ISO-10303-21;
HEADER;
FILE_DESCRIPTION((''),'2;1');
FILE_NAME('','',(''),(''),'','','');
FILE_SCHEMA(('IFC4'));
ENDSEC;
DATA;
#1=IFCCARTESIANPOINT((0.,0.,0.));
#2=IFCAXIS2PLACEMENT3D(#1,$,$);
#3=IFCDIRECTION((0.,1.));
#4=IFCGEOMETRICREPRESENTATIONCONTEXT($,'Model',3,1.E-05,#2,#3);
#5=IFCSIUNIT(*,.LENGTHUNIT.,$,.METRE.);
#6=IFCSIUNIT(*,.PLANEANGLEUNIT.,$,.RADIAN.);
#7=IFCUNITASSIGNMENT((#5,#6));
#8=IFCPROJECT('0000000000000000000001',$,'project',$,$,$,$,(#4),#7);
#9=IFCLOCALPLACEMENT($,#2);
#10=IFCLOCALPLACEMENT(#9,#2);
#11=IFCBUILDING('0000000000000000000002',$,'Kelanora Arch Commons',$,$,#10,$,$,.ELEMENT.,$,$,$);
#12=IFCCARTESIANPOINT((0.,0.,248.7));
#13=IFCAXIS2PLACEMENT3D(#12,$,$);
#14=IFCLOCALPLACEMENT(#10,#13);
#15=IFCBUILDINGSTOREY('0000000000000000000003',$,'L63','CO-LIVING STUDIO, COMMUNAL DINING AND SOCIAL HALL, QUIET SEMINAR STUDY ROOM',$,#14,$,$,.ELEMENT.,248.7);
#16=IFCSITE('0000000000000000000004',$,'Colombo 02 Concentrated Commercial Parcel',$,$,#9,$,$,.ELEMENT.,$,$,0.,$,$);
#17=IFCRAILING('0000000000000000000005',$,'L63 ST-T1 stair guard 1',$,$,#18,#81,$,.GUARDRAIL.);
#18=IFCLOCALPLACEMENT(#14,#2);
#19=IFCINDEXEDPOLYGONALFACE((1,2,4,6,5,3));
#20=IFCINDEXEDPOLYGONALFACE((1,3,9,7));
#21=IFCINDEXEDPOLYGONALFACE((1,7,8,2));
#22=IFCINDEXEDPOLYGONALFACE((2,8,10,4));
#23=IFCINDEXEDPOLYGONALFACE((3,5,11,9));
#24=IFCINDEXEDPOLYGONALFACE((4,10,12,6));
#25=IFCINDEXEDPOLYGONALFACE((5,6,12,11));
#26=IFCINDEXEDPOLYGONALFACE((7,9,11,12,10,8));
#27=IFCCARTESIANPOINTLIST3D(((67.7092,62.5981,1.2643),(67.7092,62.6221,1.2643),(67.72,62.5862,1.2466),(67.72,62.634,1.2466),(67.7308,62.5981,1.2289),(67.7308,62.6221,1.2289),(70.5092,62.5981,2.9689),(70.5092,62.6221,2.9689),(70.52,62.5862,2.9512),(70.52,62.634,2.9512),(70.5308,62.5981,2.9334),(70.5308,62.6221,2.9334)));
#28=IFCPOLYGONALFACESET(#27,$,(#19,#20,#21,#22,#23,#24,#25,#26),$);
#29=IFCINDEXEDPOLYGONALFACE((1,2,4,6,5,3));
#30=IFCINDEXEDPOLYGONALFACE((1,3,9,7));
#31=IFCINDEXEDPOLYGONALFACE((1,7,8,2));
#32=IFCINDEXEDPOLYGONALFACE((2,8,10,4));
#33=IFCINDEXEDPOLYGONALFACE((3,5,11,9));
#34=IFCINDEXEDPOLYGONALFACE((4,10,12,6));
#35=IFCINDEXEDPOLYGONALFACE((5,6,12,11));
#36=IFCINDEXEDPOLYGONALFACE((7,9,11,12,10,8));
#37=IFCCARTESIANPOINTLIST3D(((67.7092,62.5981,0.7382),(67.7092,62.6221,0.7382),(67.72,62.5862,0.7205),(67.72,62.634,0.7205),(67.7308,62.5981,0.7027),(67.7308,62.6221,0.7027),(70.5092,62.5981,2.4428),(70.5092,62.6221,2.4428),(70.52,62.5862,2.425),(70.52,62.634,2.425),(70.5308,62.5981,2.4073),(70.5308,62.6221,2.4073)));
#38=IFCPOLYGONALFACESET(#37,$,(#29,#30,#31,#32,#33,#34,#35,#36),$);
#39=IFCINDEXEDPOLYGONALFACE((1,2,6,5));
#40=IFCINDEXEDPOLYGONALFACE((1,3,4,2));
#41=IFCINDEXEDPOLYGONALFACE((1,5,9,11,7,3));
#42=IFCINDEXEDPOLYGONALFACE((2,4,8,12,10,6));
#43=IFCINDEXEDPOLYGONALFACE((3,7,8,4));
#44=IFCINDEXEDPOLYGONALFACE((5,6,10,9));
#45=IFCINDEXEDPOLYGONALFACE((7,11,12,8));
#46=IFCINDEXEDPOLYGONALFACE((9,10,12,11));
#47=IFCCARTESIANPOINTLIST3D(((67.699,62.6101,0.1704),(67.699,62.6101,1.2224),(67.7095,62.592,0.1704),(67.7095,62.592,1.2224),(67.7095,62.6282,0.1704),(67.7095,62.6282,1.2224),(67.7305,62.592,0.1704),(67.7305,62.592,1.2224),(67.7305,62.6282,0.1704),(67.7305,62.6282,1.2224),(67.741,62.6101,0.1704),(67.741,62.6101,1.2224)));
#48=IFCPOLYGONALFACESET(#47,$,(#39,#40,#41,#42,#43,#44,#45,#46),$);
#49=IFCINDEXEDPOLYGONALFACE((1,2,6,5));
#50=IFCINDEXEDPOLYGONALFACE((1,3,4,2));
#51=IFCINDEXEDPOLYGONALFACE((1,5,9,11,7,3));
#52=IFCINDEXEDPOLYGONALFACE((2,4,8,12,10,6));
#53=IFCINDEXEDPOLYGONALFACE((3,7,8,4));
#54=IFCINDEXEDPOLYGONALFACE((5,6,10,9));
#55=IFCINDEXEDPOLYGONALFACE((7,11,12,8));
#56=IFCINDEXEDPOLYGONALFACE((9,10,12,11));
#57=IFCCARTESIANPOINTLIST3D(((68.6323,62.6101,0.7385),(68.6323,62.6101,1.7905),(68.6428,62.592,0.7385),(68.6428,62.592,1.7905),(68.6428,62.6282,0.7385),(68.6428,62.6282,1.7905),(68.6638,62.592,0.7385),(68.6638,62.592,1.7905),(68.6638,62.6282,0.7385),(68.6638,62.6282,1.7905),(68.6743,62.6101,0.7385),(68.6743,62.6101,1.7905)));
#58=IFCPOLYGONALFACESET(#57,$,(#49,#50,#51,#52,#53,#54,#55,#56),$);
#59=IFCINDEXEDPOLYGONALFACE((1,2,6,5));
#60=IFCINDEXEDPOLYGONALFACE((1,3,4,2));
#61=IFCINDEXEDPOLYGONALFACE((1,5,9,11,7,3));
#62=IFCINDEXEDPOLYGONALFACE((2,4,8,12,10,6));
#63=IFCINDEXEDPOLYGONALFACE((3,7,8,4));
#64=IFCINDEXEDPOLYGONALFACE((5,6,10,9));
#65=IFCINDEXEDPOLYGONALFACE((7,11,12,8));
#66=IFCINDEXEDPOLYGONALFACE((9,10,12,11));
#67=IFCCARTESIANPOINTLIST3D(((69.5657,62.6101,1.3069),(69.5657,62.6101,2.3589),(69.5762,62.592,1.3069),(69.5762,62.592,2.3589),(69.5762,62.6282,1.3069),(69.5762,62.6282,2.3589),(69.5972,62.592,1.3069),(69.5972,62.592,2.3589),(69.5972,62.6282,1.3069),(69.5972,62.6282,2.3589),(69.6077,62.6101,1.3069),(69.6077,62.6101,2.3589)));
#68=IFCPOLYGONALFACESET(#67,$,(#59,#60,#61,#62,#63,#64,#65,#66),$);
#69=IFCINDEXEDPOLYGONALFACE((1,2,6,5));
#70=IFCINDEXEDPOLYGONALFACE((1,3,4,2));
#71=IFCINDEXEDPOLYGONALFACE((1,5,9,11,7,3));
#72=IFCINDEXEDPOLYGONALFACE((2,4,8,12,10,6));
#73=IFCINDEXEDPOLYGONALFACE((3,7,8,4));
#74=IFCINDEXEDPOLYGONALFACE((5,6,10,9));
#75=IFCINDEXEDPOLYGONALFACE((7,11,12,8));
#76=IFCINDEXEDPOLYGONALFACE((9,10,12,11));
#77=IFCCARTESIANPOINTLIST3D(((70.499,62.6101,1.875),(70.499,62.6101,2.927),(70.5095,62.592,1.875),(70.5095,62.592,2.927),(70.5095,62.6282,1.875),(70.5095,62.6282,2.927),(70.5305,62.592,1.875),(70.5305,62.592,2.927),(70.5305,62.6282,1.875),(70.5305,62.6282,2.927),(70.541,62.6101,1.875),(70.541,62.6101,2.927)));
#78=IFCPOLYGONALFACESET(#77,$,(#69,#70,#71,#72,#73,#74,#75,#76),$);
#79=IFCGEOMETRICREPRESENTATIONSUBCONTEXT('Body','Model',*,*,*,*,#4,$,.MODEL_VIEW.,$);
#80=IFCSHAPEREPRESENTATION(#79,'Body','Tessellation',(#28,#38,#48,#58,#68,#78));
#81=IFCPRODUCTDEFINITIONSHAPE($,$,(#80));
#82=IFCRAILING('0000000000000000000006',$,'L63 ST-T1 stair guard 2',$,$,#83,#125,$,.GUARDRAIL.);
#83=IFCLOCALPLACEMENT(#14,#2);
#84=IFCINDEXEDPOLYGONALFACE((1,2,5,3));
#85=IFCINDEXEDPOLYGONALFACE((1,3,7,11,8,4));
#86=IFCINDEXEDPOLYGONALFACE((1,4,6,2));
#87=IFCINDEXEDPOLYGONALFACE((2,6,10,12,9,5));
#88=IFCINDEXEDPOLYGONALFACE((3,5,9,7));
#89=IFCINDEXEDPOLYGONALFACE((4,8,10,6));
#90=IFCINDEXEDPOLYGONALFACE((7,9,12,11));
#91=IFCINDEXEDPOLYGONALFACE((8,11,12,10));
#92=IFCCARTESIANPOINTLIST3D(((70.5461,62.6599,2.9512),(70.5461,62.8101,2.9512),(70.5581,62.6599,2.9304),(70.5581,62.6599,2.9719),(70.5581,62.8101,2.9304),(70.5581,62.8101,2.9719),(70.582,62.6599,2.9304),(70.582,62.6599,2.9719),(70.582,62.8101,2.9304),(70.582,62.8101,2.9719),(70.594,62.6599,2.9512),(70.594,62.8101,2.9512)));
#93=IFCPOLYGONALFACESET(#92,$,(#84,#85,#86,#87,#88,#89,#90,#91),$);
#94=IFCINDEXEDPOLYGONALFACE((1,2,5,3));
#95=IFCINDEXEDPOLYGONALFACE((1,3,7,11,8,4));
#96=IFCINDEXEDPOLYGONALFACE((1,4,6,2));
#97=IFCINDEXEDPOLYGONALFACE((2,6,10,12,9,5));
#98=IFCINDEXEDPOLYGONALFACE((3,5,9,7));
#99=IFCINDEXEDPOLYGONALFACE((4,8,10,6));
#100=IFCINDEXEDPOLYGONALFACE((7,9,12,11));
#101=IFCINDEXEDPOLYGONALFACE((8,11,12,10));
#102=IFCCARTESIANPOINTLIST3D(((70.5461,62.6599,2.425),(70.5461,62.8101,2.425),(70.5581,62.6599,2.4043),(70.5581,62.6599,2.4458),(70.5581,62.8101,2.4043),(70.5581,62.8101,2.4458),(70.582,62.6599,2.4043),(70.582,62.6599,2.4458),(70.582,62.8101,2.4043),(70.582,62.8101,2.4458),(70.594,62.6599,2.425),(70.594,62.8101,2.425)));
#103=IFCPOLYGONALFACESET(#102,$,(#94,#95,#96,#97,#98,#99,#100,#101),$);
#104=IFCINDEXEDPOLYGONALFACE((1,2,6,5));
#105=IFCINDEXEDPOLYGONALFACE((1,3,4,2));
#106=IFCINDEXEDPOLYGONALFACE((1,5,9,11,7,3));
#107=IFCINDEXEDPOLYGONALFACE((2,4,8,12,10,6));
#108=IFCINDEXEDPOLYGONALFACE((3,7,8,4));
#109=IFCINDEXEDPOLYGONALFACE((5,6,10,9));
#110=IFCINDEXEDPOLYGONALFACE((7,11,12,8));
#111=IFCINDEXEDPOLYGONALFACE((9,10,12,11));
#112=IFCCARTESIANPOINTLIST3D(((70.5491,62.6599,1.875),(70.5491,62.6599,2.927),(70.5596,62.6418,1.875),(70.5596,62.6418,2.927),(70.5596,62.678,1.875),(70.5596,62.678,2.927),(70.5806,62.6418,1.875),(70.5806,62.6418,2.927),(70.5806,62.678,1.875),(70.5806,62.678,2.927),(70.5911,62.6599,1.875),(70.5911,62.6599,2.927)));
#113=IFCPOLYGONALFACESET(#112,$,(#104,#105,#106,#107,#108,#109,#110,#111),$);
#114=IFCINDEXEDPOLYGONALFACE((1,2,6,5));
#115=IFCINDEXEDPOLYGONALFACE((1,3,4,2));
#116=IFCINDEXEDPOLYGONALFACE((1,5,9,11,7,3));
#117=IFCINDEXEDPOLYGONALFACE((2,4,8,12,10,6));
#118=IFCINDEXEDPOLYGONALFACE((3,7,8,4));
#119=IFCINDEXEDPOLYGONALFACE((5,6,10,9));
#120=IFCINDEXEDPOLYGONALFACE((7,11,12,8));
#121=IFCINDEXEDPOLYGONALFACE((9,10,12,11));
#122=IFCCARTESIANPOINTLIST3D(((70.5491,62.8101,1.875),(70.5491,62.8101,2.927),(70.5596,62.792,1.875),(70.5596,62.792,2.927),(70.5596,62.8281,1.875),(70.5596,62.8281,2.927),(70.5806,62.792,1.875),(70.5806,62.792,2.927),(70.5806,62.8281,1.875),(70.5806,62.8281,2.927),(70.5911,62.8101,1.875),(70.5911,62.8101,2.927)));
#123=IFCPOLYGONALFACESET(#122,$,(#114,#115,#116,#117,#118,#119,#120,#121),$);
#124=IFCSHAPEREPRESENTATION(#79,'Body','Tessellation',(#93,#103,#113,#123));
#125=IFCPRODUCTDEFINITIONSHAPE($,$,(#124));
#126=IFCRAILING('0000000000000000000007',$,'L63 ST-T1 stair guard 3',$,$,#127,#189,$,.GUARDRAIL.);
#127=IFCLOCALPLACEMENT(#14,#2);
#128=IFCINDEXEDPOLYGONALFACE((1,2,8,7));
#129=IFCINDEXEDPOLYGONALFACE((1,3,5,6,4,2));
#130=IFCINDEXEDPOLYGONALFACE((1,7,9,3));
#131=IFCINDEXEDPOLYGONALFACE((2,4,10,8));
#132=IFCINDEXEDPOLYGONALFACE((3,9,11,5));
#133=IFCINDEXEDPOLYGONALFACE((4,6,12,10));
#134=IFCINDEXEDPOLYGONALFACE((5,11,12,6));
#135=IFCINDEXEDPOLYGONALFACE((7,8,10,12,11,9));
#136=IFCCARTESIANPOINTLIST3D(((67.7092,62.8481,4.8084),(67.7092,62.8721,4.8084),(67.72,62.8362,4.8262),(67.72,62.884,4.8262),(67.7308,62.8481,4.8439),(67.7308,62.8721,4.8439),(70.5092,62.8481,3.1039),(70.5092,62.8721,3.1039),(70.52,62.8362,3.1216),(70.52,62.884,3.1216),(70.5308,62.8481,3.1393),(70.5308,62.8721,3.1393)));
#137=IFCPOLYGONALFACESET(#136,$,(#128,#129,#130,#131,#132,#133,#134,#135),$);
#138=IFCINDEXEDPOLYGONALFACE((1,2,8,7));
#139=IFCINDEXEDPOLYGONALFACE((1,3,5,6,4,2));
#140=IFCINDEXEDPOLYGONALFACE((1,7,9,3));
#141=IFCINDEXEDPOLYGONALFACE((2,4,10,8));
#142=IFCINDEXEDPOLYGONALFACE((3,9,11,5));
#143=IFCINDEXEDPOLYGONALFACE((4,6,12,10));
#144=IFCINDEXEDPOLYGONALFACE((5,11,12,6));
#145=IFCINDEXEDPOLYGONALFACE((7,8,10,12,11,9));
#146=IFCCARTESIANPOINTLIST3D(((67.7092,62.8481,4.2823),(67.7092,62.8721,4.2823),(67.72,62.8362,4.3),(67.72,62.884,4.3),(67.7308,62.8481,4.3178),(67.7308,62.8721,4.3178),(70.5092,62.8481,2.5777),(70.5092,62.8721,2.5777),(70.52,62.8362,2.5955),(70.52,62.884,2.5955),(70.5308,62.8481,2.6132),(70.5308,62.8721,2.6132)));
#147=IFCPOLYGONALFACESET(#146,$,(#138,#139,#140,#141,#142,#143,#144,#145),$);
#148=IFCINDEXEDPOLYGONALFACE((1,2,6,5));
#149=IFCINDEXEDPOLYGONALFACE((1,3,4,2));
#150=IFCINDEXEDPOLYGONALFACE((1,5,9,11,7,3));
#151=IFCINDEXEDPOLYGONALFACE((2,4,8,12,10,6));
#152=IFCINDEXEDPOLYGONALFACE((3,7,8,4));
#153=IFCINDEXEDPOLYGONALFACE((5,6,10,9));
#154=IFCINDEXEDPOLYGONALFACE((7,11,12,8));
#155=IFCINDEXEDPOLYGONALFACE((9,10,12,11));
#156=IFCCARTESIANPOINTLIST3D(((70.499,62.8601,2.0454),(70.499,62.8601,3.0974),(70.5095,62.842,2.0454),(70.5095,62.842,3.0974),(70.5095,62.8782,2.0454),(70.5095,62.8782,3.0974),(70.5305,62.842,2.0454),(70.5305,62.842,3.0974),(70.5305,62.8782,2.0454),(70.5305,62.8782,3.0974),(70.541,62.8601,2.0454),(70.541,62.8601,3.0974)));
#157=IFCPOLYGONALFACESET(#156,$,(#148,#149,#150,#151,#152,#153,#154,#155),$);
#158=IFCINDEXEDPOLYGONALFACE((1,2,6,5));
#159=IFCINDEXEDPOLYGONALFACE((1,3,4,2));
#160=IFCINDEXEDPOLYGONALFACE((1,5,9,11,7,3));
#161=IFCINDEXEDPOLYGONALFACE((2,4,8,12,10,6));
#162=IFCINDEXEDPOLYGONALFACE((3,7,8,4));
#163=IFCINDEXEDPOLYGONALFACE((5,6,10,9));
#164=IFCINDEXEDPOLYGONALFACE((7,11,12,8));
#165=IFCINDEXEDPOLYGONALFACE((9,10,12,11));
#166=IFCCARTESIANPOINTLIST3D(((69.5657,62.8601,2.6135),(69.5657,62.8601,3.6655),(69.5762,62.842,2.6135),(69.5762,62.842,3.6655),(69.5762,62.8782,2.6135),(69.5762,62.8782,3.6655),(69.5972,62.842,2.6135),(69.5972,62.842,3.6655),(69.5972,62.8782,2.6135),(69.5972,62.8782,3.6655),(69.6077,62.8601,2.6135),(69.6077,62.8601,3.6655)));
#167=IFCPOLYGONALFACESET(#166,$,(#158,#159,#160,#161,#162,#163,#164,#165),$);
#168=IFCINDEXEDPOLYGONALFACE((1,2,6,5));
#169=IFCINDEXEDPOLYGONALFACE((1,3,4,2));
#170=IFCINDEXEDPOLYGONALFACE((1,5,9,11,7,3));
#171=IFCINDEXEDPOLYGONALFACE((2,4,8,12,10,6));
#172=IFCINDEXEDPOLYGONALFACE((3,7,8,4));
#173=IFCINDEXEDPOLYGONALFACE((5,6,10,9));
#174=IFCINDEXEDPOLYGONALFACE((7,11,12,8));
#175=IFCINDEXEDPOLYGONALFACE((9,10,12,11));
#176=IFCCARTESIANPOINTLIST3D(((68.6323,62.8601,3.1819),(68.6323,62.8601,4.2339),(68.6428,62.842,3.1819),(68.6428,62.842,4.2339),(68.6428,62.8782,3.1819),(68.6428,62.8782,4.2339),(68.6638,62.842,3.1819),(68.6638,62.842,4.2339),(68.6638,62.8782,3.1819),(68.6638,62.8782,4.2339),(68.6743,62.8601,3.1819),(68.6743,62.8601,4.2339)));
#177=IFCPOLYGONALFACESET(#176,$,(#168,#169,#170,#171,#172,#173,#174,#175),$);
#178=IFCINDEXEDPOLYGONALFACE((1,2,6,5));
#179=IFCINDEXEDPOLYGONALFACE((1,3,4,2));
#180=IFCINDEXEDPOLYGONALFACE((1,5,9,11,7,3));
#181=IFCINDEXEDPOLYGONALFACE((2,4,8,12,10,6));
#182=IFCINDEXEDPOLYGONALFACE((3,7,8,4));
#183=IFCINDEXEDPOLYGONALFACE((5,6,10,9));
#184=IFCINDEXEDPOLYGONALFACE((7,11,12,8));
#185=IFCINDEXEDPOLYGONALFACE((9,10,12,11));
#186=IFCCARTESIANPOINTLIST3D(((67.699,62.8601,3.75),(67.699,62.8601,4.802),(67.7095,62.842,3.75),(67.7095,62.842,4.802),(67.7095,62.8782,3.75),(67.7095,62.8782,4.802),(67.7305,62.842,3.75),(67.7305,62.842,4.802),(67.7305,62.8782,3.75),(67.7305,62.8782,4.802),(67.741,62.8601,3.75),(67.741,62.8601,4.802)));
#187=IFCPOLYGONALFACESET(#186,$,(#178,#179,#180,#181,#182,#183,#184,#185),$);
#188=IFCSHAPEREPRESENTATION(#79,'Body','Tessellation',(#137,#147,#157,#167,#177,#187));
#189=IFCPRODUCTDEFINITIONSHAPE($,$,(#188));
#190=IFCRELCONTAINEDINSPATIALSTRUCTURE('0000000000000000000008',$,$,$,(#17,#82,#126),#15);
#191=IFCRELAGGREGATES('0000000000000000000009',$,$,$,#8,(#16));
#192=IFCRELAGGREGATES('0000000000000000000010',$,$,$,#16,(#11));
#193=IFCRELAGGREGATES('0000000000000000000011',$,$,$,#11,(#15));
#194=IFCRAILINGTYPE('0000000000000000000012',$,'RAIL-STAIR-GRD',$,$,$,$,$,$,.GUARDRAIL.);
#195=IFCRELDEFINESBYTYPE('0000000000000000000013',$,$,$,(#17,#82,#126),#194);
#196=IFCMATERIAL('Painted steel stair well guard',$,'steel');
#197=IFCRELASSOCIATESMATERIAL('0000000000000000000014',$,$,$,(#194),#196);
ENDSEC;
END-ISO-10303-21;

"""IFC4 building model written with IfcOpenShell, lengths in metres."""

from ifc_helpers import new_model, si_unit, direction, frame, origin, place, context, subcontext, project, spatial, polyline, outline, extrude, material, type_object, element, save


model = new_model("IFC4")

# Units and contexts
model_context = context("Model", 3, precision=1e-05, world=origin(), true_north=direction((0.0, 1.0)))
body_context = subcontext(model_context, "Body", "Model", "MODEL_VIEW")
ifc_project = project(units=[si_unit("LENGTHUNIT", "METRE"), si_unit("PLANEANGLEUNIT", "RADIAN")], contexts=[model_context])

# Site, building, storey
site_placement = place(None, origin())
site = spatial("IfcSite", under=ifc_project, at=site_placement, Name="Colombo 02 Concentrated Commercial Parcel", CompositionType="ELEMENT", RefElevation=0.0)
building_placement = place(site_placement, origin())
building = spatial("IfcBuilding", under=site, at=building_placement, Name="Kelanora Arch Commons", CompositionType="ELEMENT")
storey_placement = place(building_placement, frame((0.0, 0.0, 248.7)))
storey = spatial("IfcBuildingStorey", under=building, at=storey_placement, Name="L63", Description="CO-LIVING STUDIO, COMMUNAL DINING AND SOCIAL HALL, QUIET SEMINAR STUDY ROOM", CompositionType="ELEMENT", Elevation=248.7)

# Railings
ifc_material_1 = material(Name="Painted steel stair well guard", Category="steel")
railing_type_1 = type_object("IfcRailingType", Name="RAIL-STAIR-GRD", PredefinedType="GUARDRAIL", material=ifc_material_1)
railing_1_placement = place(storey_placement, frame((67.72, 62.6101, 0.1704)))
element("IfcRailing", 1, at=railing_1_placement, inside=storey, type_object=railing_type_1, Name="L63 ST-T1 stair guard 1", PredefinedType="GUARDRAIL", context=body_context, shape_type="SweptSolid", body=[
    extrude(outline(polyline([(0.0239, 0.0), (0.012, 0.0208), (-0.012, 0.0208), (-0.0239, 0.0), (-0.012, -0.0208), (0.012, -0.0208), (0.0239, 0.0)])), frame((0.0, 0.0, 1.0762), z_axis=(0.85417, 0.0, 0.519994), x_axis=(0.0, 1.0, 0.0)), (0.0, 0.0, 1.0), 3.2781),
    extrude(outline(polyline([(0.0239, 0.0), (0.012, 0.0208), (-0.012, 0.0208), (-0.0239, 0.0), (-0.012, -0.0208), (0.012, -0.0208), (0.0239, 0.0)])), frame((0.0, 0.0, 0.55), z_axis=(0.85417, 0.0, 0.519994), x_axis=(0.0, 1.0, 0.0)), (0.0, 0.0, 1.0), 3.2781),
    extrude(outline(polyline([(0.021, 0.0), (0.0105, 0.0181), (-0.0105, 0.0181), (-0.021, 0.0), (-0.0105, -0.0181), (0.0105, -0.0181), (0.021, 0.0)])), origin(), (0.0, 0.0, 1.0), 1.052),
    extrude(outline(polyline([(0.021, 0.0), (0.0105, 0.0181), (-0.0105, 0.0181), (-0.021, 0.0), (-0.0105, -0.0181), (0.0105, -0.0181), (0.021, 0.0)])), frame((0.9333, 0.0, 0.5681)), (0.0, 0.0, 1.0), 1.052),
    extrude(outline(polyline([(0.021, 0.0), (0.0105, 0.0181), (-0.0105, 0.0181), (-0.021, 0.0), (-0.0105, -0.0181), (0.0105, -0.0181), (0.021, 0.0)])), frame((1.8667, 0.0, 1.1365)), (0.0, 0.0, 1.0), 1.052),
    extrude(outline(polyline([(0.021, 0.0), (0.0105, 0.0181), (-0.0105, 0.0181), (-0.021, 0.0), (-0.0105, -0.0181), (0.0105, -0.0181), (0.021, 0.0)])), frame((2.8, 0.0, 1.7046)), (0.0, 0.0, 1.0), 1.052),
])
railing_2_placement = place(storey_placement, frame((70.5701, 62.6599, 1.875)))
element("IfcRailing", 2, at=railing_2_placement, inside=storey, type_object=railing_type_1, Name="L63 ST-T1 stair guard 2", PredefinedType="GUARDRAIL", context=body_context, shape_type="SweptSolid", body=[
    extrude(outline(polyline([(0.0239, 0.0), (0.012, 0.0208), (-0.012, 0.0208), (-0.0239, 0.0), (-0.012, -0.0208), (0.012, -0.0208), (0.0239, 0.0)])), frame((0.0, 0.0, 1.0762), z_axis=(0.0, 1.0, 0.0), x_axis=(-1.0, 0.0, 0.0)), (0.0, 0.0, 1.0), 0.1501),
    extrude(outline(polyline([(0.0239, 0.0), (0.012, 0.0208), (-0.012, 0.0208), (-0.0239, 0.0), (-0.012, -0.0208), (0.012, -0.0208), (0.0239, 0.0)])), frame((0.0, 0.0, 0.55), z_axis=(0.0, 1.0, 0.0), x_axis=(-1.0, 0.0, 0.0)), (0.0, 0.0, 1.0), 0.1501),
    extrude(outline(polyline([(0.021, 0.0), (0.0105, 0.0181), (-0.0105, 0.0181), (-0.021, 0.0), (-0.0105, -0.0181), (0.0105, -0.0181), (0.021, 0.0)])), origin(), (0.0, 0.0, 1.0), 1.052),
    extrude(outline(polyline([(0.021, 0.0), (0.0105, 0.0181), (-0.0105, 0.0181), (-0.021, 0.0), (-0.0105, -0.0181), (0.0105, -0.0181), (0.021, 0.0)])), frame((0.0, 0.1501, 0.0)), (0.0, 0.0, 1.0), 1.052),
])
railing_3_placement = place(storey_placement, frame((70.52, 62.8601, 2.0454)))
element("IfcRailing", 3, at=railing_3_placement, inside=storey, type_object=railing_type_1, Name="L63 ST-T1 stair guard 3", PredefinedType="GUARDRAIL", context=body_context, shape_type="SweptSolid", body=[
    extrude(outline(polyline([(0.0239, 0.0), (0.012, 0.0208), (-0.012, 0.0208), (-0.0239, 0.0), (-0.012, -0.0208), (0.012, -0.0208), (0.0239, 0.0)])), frame((0.0, 0.0, 1.0762), z_axis=(-0.85417, 0.0, 0.519994), x_axis=(0.0, -1.0, 0.0)), (0.0, 0.0, 1.0), 3.2781),
    extrude(outline(polyline([(0.0239, 0.0), (0.012, 0.0208), (-0.012, 0.0208), (-0.0239, 0.0), (-0.012, -0.0208), (0.012, -0.0208), (0.0239, 0.0)])), frame((0.0, 0.0, 0.55), z_axis=(-0.85417, 0.0, 0.519994), x_axis=(0.0, -1.0, 0.0)), (0.0, 0.0, 1.0), 3.2781),
    extrude(outline(polyline([(0.021, 0.0), (0.0105, 0.0181), (-0.0105, 0.0181), (-0.021, 0.0), (-0.0105, -0.0181), (0.0105, -0.0181), (0.021, 0.0)])), origin(), (0.0, 0.0, 1.0), 1.052),
    extrude(outline(polyline([(0.021, 0.0), (0.0105, 0.0181), (-0.0105, 0.0181), (-0.021, 0.0), (-0.0105, -0.0181), (0.0105, -0.0181), (0.021, 0.0)])), frame((-0.9333, 0.0, 0.5681)), (0.0, 0.0, 1.0), 1.052),
    extrude(outline(polyline([(0.021, 0.0), (0.0105, 0.0181), (-0.0105, 0.0181), (-0.021, 0.0), (-0.0105, -0.0181), (0.0105, -0.0181), (0.021, 0.0)])), frame((-1.8667, 0.0, 1.1365)), (0.0, 0.0, 1.0), 1.052),
    extrude(outline(polyline([(0.021, 0.0), (0.0105, 0.0181), (-0.0105, 0.0181), (-0.021, 0.0), (-0.0105, -0.0181), (0.0105, -0.0181), (0.021, 0.0)])), frame((-2.8, 0.0, 1.7046)), (0.0, 0.0, 1.0), 1.052),
])

save(model, "model.ifc")
